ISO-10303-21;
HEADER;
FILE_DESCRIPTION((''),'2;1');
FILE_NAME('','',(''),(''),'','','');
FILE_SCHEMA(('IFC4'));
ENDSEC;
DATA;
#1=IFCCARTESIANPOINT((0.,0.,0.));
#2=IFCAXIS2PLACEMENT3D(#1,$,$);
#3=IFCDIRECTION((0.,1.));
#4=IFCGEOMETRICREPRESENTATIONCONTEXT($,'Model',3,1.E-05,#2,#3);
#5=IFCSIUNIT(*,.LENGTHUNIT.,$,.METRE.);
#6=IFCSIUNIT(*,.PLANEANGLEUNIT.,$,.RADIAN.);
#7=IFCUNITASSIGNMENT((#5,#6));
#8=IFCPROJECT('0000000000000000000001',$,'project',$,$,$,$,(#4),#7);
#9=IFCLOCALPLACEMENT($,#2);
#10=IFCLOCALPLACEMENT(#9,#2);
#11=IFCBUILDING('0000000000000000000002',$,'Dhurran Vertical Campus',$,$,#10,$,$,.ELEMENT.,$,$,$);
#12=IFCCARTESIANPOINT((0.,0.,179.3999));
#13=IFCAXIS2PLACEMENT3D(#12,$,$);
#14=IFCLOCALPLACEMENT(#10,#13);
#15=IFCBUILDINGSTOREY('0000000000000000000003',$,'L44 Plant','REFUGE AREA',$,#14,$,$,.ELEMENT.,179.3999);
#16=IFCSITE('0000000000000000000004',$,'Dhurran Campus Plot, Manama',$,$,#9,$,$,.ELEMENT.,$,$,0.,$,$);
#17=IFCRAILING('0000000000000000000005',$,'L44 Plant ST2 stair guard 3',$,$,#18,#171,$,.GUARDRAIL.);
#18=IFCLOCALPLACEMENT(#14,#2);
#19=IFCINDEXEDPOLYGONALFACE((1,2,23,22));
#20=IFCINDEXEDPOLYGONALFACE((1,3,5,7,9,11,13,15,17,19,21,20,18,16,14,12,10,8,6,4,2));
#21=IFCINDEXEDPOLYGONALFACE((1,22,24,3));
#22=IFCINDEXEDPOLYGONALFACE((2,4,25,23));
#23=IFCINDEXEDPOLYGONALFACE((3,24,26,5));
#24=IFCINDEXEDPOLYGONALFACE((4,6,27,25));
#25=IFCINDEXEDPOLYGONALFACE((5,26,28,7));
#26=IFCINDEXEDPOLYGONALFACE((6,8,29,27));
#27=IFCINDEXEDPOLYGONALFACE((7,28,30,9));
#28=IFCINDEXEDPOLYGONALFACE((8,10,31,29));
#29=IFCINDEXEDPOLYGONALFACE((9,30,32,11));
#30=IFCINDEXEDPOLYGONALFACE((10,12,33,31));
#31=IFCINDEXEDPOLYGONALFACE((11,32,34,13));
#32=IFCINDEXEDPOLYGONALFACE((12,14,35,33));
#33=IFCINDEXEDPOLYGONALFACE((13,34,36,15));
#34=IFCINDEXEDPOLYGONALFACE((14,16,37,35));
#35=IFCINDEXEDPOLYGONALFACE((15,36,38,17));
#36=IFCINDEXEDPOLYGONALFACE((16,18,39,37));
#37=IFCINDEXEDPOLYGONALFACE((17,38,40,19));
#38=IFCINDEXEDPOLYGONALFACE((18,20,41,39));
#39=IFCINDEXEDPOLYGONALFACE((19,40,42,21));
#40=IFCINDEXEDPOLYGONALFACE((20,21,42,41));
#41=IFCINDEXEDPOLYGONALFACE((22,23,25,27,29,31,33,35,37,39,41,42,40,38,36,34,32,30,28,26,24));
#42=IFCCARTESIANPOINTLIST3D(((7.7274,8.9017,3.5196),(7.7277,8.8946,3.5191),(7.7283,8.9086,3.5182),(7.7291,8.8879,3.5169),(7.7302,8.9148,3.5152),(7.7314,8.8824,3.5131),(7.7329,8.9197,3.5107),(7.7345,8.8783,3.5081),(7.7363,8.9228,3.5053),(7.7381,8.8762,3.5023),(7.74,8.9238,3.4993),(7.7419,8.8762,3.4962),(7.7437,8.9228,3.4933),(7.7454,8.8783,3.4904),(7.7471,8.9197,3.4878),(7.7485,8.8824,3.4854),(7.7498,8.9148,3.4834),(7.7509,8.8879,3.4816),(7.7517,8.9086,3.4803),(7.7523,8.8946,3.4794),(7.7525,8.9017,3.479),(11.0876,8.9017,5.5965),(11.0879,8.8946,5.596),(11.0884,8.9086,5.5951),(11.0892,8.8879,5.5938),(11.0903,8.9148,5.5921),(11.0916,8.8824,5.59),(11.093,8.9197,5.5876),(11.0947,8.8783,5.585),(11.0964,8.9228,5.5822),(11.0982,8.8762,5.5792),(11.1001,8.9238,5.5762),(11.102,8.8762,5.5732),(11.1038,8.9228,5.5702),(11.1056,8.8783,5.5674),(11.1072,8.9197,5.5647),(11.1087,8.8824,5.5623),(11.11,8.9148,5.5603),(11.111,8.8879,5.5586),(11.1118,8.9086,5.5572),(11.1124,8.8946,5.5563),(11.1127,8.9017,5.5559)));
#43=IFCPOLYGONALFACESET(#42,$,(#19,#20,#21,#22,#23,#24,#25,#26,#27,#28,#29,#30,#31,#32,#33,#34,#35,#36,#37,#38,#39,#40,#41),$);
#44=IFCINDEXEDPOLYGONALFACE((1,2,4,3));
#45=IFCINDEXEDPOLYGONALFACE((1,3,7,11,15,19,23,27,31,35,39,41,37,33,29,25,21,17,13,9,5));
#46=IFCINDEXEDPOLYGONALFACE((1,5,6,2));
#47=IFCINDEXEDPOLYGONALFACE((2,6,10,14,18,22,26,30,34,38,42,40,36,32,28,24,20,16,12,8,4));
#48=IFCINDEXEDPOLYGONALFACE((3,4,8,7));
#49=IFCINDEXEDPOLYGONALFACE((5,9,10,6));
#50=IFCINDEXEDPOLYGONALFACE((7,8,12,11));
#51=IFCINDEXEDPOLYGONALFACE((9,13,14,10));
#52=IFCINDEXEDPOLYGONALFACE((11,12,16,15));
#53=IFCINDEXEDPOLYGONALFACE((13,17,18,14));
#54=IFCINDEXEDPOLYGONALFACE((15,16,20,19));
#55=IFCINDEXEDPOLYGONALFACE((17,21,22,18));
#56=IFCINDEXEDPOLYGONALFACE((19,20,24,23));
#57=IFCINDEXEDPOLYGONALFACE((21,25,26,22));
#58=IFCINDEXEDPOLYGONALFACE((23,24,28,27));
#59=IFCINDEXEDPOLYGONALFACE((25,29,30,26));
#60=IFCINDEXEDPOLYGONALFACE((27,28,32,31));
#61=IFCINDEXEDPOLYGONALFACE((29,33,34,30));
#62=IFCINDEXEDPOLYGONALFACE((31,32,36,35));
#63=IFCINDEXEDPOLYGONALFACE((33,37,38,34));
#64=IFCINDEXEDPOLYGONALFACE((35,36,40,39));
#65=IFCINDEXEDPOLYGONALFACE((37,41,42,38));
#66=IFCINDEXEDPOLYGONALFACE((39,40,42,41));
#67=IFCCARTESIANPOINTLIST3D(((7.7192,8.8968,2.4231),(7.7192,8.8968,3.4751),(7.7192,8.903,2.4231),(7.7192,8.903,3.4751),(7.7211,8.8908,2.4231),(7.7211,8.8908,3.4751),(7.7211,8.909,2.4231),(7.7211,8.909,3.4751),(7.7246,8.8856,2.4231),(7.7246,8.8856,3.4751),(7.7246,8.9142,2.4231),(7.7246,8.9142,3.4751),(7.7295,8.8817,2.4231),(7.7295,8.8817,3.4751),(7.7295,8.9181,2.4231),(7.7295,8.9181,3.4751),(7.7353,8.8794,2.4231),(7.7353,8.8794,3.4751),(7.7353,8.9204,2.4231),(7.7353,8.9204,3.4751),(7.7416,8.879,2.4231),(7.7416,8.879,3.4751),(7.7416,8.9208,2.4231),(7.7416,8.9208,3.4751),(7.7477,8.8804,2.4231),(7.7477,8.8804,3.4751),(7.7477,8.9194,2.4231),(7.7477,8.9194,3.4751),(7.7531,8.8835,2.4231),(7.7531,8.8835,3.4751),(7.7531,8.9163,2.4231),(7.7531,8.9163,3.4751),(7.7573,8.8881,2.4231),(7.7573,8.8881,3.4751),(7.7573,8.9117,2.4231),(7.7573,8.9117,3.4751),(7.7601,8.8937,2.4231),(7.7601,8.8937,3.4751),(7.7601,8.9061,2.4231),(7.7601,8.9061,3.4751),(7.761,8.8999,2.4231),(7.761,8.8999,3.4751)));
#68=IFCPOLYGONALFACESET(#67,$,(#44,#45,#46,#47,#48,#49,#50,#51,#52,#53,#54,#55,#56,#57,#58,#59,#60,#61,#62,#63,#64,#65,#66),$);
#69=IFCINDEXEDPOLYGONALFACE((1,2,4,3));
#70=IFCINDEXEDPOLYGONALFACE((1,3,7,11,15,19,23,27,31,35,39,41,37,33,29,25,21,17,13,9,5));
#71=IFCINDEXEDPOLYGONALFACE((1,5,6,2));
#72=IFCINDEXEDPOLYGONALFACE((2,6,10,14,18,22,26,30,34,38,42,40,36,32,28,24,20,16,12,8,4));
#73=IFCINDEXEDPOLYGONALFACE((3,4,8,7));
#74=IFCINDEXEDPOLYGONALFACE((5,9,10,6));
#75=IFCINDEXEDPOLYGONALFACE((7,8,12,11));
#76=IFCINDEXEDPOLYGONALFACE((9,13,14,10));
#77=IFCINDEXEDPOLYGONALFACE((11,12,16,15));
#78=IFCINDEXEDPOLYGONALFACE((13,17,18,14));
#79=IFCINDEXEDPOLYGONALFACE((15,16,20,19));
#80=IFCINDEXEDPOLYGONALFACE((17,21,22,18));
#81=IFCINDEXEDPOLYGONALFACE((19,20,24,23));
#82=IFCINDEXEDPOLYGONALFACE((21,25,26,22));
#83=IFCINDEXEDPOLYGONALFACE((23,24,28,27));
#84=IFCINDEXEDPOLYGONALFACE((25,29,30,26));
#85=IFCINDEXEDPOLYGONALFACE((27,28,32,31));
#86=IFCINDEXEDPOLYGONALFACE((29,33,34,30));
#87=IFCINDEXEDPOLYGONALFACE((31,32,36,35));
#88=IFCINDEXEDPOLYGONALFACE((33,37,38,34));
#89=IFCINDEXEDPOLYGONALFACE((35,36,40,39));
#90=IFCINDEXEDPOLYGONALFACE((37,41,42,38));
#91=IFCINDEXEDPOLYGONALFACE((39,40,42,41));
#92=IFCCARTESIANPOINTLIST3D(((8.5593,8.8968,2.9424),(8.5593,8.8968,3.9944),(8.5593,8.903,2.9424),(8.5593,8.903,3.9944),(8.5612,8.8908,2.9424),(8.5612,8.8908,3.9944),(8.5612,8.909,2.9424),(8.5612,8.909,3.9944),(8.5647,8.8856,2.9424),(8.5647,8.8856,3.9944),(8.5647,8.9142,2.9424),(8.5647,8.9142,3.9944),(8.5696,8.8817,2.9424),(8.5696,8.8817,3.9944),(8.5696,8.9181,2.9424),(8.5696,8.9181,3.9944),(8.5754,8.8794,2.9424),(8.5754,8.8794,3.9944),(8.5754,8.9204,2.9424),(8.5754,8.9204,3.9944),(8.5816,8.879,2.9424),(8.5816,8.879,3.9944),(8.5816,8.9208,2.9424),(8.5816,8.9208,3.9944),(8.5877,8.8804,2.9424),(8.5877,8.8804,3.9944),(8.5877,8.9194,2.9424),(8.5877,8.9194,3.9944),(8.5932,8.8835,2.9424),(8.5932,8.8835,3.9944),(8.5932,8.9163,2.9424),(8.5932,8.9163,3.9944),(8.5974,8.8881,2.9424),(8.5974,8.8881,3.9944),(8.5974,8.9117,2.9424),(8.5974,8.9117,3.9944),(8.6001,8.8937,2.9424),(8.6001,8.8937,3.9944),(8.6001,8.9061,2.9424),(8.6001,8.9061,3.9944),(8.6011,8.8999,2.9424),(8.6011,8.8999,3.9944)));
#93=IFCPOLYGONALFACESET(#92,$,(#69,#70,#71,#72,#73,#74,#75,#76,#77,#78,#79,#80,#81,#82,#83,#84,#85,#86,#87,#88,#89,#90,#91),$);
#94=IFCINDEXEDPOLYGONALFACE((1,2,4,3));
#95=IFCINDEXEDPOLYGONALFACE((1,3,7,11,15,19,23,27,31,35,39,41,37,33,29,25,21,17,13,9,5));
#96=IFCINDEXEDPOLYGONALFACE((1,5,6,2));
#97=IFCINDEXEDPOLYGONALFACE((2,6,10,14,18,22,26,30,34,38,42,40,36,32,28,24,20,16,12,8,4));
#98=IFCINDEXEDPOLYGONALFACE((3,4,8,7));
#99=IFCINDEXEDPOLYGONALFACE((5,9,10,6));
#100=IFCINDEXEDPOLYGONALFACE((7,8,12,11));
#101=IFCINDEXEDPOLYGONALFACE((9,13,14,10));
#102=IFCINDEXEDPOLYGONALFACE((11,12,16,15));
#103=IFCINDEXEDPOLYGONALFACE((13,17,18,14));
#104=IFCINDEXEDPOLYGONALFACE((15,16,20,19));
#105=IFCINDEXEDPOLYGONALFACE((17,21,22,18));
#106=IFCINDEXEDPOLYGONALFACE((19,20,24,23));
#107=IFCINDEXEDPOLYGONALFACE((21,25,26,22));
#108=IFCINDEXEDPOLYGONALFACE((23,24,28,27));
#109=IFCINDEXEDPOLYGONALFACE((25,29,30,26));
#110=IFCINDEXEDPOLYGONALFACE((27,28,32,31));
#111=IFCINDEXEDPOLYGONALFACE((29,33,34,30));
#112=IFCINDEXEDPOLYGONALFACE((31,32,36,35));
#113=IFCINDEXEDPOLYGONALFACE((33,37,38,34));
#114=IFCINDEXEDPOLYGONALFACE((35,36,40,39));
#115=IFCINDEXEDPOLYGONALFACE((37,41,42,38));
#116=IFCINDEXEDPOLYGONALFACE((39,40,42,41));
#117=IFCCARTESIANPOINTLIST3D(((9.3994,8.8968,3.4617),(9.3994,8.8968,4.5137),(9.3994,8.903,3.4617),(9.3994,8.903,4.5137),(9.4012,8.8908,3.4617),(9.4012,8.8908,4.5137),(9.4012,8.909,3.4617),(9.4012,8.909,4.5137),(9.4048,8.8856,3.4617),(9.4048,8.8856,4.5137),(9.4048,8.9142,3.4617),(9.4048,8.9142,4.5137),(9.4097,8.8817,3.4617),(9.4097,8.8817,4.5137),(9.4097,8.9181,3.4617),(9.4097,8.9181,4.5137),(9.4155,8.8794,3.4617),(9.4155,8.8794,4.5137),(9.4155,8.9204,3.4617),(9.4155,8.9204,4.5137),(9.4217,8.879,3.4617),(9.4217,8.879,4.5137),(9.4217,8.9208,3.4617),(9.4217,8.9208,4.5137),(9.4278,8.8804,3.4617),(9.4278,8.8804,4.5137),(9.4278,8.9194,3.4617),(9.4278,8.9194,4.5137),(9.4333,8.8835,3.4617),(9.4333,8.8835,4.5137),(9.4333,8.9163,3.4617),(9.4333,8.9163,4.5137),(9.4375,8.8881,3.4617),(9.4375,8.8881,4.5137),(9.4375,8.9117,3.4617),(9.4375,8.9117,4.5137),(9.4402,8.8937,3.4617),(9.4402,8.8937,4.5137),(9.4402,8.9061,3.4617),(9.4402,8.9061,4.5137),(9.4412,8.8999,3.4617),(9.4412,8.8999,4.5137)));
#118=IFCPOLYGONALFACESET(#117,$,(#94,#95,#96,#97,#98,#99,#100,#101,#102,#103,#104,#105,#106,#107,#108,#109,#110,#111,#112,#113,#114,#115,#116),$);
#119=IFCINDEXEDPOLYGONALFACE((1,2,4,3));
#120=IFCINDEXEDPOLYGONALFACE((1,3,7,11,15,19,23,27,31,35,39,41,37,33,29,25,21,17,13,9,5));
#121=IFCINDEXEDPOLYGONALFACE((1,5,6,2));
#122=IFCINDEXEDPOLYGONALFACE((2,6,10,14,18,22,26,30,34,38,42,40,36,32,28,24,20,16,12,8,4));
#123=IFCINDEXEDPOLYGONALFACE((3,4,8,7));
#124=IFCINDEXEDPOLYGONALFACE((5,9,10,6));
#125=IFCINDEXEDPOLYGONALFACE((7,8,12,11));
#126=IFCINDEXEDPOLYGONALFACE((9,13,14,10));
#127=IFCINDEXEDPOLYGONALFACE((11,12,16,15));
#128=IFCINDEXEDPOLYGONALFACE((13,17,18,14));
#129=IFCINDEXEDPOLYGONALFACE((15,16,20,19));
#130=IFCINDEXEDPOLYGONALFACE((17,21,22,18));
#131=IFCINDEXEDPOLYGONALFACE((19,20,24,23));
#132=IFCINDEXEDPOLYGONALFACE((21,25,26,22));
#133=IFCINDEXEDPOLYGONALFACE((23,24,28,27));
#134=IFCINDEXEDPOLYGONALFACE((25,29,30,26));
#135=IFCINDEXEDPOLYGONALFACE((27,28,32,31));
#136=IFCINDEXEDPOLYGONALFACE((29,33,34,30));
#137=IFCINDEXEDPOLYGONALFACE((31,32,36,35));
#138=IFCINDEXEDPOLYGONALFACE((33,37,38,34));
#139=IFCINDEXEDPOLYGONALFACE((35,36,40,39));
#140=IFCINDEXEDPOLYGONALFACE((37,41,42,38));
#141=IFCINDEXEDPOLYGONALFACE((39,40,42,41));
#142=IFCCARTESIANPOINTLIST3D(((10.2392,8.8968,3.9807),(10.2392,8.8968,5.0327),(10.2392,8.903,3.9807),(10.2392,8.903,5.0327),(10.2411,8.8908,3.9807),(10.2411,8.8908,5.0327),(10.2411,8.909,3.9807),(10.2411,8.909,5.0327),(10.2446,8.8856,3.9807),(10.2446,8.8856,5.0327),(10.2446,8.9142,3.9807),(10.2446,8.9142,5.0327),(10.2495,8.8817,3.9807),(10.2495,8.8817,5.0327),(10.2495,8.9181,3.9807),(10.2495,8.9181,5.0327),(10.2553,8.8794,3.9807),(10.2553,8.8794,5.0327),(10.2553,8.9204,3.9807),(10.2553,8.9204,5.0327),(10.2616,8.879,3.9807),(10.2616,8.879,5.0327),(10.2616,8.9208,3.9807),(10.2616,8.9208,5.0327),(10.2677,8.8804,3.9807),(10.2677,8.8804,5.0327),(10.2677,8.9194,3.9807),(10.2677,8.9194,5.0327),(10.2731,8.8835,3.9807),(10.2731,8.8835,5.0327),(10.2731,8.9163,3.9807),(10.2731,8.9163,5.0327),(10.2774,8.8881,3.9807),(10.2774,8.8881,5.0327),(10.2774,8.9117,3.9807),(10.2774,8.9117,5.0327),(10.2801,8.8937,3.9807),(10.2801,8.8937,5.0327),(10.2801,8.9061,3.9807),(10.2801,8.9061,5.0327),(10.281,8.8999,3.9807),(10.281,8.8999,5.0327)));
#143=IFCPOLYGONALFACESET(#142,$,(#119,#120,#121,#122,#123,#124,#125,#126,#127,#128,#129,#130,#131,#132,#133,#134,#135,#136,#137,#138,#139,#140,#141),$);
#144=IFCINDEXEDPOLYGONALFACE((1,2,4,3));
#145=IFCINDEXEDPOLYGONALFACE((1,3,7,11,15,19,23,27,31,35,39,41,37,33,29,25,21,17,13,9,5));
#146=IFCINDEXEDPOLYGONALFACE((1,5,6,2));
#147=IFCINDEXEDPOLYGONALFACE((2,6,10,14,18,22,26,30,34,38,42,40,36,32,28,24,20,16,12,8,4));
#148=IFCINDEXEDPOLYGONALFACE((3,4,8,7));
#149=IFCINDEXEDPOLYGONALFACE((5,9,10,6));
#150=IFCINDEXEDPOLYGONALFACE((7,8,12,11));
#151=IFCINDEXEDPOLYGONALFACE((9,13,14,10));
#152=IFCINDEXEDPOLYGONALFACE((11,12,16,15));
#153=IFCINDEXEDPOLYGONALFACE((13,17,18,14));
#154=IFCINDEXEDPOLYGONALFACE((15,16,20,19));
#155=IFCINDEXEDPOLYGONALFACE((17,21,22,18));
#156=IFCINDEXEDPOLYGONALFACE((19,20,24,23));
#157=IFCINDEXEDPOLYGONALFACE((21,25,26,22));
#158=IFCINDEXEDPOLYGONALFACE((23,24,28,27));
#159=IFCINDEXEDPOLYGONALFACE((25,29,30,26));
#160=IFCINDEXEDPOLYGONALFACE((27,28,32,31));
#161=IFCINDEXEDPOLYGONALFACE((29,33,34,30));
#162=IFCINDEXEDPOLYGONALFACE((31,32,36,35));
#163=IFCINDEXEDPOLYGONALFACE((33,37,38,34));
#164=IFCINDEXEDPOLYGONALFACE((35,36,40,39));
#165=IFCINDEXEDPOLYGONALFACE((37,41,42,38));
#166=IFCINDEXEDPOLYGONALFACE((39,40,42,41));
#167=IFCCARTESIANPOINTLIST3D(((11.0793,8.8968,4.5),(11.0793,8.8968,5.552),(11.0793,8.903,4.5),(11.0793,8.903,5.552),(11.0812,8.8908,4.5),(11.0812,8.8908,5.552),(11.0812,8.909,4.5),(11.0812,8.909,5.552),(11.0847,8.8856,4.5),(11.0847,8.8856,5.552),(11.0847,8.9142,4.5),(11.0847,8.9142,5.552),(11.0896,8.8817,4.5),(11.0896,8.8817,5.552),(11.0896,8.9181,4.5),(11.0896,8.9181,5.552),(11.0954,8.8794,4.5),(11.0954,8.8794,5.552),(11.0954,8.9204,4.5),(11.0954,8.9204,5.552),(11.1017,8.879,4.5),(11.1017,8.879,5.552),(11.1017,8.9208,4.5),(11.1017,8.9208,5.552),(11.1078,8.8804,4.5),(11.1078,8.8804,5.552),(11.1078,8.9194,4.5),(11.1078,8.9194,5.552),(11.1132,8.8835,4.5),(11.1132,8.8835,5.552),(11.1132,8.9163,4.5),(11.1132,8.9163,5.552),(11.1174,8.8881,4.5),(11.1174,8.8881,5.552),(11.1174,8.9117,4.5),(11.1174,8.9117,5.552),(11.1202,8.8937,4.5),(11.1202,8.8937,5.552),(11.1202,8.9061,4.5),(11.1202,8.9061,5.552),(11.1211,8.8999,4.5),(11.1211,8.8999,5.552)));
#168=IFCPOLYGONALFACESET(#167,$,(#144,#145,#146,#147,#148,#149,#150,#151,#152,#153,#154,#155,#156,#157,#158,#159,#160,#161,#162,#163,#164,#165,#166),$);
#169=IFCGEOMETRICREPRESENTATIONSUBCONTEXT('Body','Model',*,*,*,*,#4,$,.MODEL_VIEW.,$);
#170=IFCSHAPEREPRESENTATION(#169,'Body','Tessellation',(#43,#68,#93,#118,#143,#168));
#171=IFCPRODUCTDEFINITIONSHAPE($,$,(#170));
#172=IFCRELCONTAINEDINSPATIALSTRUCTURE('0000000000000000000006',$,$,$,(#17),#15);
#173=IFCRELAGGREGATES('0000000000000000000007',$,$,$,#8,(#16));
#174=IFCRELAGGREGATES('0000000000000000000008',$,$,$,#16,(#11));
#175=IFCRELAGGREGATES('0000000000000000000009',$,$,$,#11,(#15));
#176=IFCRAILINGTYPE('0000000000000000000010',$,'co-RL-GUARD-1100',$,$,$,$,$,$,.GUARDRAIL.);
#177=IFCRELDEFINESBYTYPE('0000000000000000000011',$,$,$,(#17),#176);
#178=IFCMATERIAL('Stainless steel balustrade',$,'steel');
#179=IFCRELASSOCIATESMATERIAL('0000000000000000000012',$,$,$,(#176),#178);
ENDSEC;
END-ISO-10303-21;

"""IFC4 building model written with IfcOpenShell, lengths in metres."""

from ifc_helpers import new_model, si_unit, direction, frame, origin, origin_2d, place, context, subcontext, project, spatial, circle, extrude, material, type_object, element, save


model = new_model("IFC4")

# Units and contexts
model_context = context("Model", 3, precision=1e-05, world=origin(), true_north=direction((0.0, 1.0)))
body_context = subcontext(model_context, "Body", "Model", "MODEL_VIEW")
ifc_project = project(units=[si_unit("LENGTHUNIT", "METRE"), si_unit("PLANEANGLEUNIT", "RADIAN")], contexts=[model_context])

# Site, building, storey
site_placement = place(None, origin())
site = spatial("IfcSite", under=ifc_project, at=site_placement, Name="Dhurran Campus Plot, Manama", CompositionType="ELEMENT", RefElevation=0.0)
building_placement = place(site_placement, origin())
building = spatial("IfcBuilding", under=site, at=building_placement, Name="Dhurran Vertical Campus", CompositionType="ELEMENT")
storey_placement = place(building_placement, frame((0.0, 0.0, 179.3999)))
storey = spatial("IfcBuildingStorey", under=building, at=storey_placement, Name="L44 Plant", Description="REFUGE AREA", CompositionType="ELEMENT", Elevation=179.3999)

# Railing
ifc_material_1 = material(Name="Stainless steel balustrade", Category="steel")
railing_type_1 = type_object("IfcRailingType", Name="co-RL-GUARD-1100", PredefinedType="GUARDRAIL", material=ifc_material_1)
railing_1_placement = place(storey_placement, frame((7.74, 8.8999, 2.4231)))
element("IfcRailing", 1, at=railing_1_placement, inside=storey, type_object=railing_type_1, Name="L44 Plant ST2 stair guard 3", PredefinedType="GUARDRAIL", context=body_context, shape_type="SweptSolid", body=[
    extrude(circle(Radius=0.0239, at=origin_2d()), frame((0.0, 0.0, 1.0762), z_axis=(0.850623, 0.0, 0.525776), x_axis=(0.0, 1.0, 0.0)), (0.0, 0.0, 1.0), 3.9502),
    extrude(circle(Radius=0.021, at=origin_2d()), origin(), (0.0, 0.0, 1.0), 1.052),
    extrude(circle(Radius=0.021, at=origin_2d()), frame((0.8401, 0.0, 0.5193)), (0.0, 0.0, 1.0), 1.052),
    extrude(circle(Radius=0.021, at=origin_2d()), frame((1.6802, 0.0, 1.0386)), (0.0, 0.0, 1.0), 1.052),
    extrude(circle(Radius=0.021, at=origin_2d()), frame((2.52, 0.0, 1.5576)), (0.0, 0.0, 1.0), 1.052),
    extrude(circle(Radius=0.021, at=origin_2d()), frame((3.3601, 0.0, 2.0769)), (0.0, 0.0, 1.0), 1.052),
])

save(model, "model.ifc")
